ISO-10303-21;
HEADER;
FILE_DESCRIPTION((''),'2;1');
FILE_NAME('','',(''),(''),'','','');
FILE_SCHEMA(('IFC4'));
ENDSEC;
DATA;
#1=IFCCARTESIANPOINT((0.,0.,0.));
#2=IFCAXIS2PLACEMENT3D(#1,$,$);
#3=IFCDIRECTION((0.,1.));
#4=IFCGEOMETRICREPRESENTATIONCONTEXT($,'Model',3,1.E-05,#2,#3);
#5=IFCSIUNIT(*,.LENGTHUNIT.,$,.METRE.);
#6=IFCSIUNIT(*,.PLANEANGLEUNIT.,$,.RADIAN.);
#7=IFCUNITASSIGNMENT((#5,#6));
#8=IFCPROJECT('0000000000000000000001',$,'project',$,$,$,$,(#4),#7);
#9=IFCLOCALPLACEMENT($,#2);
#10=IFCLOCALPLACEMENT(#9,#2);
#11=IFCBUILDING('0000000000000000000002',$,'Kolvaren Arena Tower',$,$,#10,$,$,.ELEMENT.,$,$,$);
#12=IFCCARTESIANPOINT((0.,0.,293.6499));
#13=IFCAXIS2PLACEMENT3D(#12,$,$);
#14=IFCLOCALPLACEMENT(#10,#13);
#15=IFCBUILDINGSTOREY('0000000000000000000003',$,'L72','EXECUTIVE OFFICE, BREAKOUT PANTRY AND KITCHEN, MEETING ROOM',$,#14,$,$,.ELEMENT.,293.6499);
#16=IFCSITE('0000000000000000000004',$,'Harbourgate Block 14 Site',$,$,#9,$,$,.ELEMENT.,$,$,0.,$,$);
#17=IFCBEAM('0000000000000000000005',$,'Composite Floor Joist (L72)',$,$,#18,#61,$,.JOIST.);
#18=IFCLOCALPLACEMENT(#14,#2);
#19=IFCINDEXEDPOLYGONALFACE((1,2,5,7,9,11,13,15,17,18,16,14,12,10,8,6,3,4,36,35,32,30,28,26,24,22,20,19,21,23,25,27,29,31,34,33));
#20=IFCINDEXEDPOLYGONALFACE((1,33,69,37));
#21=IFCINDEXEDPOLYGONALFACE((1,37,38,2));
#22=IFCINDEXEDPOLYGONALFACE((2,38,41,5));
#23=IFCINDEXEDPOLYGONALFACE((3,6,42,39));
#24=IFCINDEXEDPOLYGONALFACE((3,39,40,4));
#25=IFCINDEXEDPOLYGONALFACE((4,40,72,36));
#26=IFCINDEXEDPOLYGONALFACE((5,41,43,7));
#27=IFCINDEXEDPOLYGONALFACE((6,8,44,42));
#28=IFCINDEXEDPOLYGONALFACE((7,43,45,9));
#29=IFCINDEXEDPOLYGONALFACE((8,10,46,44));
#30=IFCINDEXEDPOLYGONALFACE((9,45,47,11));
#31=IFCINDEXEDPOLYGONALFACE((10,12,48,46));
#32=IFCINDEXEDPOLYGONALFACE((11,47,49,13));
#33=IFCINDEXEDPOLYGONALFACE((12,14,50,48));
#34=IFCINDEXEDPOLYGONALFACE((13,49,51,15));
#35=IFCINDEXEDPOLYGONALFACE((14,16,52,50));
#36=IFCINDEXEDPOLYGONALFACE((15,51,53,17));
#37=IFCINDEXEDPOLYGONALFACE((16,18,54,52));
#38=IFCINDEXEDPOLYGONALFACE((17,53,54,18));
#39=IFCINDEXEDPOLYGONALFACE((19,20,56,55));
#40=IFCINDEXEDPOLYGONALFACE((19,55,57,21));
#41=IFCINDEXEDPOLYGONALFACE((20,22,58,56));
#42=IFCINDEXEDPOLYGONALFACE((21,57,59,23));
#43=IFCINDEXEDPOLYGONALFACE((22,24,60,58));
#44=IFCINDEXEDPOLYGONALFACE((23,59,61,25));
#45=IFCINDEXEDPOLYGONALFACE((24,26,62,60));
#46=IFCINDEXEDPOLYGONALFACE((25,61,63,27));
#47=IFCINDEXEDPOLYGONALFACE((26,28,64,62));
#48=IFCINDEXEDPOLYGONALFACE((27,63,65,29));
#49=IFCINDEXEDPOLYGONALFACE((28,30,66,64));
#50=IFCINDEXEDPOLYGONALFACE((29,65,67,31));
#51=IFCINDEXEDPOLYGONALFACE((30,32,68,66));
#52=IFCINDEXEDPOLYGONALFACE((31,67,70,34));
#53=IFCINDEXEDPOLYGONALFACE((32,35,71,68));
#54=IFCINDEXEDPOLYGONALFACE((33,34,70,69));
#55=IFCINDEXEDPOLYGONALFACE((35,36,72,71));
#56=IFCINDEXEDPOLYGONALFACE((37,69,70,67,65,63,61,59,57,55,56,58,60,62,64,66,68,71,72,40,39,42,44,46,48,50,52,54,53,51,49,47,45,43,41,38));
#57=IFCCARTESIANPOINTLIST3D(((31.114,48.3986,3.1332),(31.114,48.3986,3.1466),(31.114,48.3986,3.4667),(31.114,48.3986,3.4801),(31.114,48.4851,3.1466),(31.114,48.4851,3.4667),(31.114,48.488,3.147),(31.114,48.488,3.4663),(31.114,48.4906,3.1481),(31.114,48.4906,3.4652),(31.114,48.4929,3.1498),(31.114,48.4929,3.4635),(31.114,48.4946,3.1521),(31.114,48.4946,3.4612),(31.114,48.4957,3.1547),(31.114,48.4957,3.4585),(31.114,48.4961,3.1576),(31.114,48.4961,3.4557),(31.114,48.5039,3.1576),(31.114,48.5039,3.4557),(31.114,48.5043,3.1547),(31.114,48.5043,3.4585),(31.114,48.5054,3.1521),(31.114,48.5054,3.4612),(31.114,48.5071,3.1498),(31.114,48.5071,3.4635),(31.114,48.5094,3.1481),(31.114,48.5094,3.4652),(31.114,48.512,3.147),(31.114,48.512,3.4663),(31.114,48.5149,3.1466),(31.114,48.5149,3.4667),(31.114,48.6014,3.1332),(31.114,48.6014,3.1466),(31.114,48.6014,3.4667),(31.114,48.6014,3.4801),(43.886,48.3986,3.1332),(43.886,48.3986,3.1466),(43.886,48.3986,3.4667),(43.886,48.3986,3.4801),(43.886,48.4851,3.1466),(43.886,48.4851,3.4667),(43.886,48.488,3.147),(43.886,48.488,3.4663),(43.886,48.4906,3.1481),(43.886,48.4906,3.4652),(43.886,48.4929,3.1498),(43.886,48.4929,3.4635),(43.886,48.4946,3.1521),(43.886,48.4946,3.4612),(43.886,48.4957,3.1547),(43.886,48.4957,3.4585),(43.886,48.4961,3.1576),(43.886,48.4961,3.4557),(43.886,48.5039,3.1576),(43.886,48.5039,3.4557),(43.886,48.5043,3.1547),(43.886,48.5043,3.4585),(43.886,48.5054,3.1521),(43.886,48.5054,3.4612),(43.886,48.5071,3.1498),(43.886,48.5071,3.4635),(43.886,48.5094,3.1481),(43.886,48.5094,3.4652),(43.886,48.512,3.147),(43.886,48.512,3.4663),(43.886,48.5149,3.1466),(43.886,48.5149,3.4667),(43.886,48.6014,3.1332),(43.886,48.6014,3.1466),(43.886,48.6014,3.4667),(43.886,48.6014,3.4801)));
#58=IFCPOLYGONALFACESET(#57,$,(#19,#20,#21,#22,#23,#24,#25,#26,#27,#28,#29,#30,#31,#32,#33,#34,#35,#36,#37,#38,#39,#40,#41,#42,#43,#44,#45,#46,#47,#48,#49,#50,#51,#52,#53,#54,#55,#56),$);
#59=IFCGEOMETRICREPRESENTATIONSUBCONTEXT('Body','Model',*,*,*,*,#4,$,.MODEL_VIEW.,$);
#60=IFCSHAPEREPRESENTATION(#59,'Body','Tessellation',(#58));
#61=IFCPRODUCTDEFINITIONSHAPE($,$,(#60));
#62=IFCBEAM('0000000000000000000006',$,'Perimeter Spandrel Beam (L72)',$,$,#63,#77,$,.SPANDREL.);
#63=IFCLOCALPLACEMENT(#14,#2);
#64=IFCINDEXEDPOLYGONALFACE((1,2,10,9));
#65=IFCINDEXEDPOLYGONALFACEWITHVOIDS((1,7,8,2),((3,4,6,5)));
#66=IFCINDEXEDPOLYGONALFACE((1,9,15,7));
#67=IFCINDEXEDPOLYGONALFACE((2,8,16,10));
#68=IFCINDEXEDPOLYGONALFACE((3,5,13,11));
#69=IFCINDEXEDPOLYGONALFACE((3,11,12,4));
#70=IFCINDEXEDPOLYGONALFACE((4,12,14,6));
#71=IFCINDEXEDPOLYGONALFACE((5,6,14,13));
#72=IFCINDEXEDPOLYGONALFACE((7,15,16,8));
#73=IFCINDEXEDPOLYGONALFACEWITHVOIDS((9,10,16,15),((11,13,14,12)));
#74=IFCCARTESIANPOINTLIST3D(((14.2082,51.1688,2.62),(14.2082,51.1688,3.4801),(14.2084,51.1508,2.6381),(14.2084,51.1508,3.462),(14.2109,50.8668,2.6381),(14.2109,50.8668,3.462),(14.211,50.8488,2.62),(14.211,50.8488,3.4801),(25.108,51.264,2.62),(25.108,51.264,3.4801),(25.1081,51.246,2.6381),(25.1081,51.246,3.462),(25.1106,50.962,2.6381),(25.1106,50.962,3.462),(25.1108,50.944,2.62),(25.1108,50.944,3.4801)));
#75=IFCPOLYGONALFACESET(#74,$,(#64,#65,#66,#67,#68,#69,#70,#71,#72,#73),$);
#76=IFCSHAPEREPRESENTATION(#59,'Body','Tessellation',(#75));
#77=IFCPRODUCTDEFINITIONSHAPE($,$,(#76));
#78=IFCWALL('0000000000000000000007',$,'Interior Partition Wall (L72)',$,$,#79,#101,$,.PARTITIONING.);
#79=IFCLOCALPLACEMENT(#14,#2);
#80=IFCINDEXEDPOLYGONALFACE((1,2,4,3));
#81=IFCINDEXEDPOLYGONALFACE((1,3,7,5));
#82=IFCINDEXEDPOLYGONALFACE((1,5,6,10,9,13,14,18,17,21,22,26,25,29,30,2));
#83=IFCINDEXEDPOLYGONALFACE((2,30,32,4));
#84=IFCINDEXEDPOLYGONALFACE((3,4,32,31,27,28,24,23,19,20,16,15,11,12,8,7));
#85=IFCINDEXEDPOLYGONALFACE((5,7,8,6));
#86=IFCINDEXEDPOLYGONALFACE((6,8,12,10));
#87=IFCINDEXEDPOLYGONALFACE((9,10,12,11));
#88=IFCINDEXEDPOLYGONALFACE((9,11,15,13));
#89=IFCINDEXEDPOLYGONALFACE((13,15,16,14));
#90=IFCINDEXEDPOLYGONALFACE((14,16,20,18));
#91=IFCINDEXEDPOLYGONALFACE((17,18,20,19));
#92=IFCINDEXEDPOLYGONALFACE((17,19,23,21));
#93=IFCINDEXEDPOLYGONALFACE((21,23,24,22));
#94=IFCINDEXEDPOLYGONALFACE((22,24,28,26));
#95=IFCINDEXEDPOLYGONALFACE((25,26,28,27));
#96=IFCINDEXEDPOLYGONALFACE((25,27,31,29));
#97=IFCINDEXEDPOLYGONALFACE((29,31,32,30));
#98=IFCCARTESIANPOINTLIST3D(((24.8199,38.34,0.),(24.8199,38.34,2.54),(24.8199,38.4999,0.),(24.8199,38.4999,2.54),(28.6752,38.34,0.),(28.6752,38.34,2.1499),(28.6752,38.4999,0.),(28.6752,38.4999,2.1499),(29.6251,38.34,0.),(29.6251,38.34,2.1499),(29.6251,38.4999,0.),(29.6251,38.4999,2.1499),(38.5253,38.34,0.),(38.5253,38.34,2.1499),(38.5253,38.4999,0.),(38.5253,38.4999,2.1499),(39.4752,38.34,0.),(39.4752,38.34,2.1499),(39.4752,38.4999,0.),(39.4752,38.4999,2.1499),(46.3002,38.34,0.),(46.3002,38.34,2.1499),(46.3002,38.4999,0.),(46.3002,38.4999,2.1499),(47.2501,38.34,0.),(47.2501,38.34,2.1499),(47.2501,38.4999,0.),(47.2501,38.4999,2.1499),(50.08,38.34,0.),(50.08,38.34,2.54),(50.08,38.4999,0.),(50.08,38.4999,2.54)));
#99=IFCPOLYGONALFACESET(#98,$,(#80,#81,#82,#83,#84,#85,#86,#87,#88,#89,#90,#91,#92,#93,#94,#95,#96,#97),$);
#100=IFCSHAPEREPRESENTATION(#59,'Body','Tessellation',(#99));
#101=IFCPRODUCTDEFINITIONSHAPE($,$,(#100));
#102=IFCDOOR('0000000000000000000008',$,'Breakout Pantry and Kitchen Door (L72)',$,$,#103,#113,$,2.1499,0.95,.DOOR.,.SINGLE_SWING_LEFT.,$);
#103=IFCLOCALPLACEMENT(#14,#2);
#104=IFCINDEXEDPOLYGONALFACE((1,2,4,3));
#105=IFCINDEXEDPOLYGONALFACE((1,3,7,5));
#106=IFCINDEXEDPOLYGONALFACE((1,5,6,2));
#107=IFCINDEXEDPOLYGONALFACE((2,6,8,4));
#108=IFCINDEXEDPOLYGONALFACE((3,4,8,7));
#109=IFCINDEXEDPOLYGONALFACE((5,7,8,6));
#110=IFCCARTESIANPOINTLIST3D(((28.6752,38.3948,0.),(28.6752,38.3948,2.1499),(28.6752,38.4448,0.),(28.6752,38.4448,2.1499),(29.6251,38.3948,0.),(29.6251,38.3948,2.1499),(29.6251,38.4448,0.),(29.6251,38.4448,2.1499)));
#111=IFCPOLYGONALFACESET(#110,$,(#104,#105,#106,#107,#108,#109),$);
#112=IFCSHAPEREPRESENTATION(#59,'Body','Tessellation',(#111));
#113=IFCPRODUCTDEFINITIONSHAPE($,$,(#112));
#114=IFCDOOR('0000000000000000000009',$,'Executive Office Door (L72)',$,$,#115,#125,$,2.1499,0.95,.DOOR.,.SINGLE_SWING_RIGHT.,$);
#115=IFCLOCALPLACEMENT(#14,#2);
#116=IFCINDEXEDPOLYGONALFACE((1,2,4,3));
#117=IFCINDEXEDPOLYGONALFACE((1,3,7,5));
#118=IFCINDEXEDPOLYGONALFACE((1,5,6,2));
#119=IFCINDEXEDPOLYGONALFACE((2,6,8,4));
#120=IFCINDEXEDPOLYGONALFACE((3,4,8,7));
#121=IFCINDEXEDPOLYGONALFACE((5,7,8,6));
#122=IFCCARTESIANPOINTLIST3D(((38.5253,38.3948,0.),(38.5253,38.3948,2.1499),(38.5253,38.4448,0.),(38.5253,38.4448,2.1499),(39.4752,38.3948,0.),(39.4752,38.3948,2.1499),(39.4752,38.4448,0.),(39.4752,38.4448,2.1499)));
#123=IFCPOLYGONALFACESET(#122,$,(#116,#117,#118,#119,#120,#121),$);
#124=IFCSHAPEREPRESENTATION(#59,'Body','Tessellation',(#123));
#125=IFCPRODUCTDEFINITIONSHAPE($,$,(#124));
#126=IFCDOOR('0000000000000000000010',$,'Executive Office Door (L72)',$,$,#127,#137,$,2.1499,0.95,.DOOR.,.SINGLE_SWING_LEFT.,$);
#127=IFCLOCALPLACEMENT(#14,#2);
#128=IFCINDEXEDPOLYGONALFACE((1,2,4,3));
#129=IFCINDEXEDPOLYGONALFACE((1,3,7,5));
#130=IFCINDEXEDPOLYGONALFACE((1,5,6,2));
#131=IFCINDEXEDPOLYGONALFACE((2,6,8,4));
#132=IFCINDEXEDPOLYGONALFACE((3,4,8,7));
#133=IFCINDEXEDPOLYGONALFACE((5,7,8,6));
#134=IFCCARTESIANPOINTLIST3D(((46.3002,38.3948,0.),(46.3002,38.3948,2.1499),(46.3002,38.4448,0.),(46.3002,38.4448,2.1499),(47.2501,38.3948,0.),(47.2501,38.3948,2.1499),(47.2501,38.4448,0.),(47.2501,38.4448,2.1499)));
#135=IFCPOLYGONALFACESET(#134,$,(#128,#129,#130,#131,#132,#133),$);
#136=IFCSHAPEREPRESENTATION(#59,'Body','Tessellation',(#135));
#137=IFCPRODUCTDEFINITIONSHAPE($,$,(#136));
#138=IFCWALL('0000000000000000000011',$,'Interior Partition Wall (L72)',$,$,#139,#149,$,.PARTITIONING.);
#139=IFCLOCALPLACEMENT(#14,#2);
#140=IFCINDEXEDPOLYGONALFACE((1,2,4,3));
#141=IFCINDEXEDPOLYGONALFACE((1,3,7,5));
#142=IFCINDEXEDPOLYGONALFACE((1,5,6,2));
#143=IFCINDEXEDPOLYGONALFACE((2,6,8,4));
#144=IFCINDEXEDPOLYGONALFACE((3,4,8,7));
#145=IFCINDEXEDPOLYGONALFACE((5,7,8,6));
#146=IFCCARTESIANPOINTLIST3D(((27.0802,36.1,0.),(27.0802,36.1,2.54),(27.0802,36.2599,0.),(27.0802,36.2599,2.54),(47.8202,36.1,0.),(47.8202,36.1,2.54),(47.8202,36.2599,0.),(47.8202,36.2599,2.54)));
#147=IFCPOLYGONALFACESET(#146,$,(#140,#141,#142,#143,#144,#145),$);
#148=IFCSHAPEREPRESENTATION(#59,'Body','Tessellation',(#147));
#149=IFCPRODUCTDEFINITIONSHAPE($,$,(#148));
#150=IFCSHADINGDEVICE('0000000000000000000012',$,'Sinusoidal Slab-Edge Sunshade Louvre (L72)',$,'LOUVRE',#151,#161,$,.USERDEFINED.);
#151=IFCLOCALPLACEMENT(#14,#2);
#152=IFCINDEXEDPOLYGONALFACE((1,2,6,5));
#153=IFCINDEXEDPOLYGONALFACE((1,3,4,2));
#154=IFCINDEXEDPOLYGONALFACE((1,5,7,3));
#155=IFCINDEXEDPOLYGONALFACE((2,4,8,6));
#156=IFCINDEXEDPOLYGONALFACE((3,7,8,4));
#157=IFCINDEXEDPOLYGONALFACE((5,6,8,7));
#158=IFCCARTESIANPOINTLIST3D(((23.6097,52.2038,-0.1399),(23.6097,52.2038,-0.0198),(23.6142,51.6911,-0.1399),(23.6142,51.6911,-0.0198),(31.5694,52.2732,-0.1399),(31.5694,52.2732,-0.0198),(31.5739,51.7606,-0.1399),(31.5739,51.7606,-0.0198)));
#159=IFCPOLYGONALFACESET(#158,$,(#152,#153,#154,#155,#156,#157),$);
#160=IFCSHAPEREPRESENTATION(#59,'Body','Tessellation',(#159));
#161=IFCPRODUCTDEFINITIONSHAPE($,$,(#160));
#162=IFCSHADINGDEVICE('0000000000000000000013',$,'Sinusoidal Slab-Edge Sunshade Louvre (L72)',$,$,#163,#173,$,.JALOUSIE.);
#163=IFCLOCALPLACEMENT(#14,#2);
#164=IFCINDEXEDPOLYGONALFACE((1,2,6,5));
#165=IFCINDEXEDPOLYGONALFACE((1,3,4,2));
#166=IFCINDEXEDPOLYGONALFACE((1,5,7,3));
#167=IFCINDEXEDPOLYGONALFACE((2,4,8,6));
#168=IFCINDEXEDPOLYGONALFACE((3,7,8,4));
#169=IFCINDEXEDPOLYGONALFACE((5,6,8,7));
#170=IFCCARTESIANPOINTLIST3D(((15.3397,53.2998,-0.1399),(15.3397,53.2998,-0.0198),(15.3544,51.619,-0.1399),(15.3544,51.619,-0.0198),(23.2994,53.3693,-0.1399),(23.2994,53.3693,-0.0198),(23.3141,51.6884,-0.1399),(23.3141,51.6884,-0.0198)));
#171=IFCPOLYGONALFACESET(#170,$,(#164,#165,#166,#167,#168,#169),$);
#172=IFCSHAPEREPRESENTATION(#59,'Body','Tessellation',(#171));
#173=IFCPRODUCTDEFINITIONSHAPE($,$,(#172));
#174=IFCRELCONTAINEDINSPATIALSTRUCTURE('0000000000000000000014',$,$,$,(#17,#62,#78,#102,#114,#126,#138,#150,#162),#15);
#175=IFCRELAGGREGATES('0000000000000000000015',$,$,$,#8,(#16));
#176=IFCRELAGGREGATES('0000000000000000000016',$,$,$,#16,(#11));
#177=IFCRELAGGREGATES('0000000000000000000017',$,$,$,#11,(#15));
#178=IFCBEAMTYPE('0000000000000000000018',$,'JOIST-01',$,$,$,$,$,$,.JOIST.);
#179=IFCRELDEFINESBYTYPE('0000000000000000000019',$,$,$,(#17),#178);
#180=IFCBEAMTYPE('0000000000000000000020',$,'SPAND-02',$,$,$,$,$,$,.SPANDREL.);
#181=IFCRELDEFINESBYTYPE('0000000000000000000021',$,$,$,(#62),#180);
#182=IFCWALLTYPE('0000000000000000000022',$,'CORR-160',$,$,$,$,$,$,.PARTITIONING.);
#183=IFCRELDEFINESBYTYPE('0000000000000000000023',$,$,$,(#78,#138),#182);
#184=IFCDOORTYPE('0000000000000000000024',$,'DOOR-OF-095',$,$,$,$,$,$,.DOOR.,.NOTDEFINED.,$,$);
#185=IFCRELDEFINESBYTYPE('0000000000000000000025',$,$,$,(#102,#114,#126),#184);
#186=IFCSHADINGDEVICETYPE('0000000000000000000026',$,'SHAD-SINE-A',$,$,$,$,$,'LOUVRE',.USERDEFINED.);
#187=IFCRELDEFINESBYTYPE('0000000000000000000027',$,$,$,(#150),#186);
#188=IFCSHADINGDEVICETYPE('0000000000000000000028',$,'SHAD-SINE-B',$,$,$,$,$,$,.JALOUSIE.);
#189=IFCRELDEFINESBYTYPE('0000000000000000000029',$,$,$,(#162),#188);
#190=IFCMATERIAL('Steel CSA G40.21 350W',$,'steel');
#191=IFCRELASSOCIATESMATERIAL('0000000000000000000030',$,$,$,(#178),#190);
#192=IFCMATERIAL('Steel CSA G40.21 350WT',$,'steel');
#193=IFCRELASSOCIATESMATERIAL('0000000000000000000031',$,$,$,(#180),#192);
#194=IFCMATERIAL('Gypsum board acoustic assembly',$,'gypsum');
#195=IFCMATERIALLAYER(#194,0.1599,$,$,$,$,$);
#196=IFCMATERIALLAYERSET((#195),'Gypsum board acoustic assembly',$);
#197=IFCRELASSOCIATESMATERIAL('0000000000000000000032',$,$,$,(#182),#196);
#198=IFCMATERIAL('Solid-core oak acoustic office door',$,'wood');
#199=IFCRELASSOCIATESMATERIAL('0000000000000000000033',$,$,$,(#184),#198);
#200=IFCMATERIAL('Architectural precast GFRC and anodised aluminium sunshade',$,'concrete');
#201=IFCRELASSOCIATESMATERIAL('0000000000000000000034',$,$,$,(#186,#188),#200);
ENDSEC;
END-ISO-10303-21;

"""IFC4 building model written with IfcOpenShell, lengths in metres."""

from ifc_helpers import new_model, si_unit, direction, frame, frame_2d, origin, origin_2d, place, context, subcontext, project, spatial, rectangle, hollow_rectangle, i_section, extrude, material, layer, layer_set, material_profile, profile_set, type_object, element, fill, save


model = new_model("IFC4")

# Units and contexts
model_context = context("Model", 3, precision=1e-05, world=origin(), true_north=direction((0.0, 1.0)))
body_context = subcontext(model_context, "Body", "Model", "MODEL_VIEW")
ifc_project = project(units=[si_unit("LENGTHUNIT", "METRE"), si_unit("PLANEANGLEUNIT", "RADIAN")], contexts=[model_context])

# Site, building, storey
site_placement = place(None, origin())
site = spatial("IfcSite", under=ifc_project, at=site_placement, Name="Harbourgate Block 14 Site", CompositionType="ELEMENT", RefElevation=0.0)
building_placement = place(site_placement, origin())
building = spatial("IfcBuilding", under=site, at=building_placement, Name="Kolvaren Arena Tower", CompositionType="ELEMENT")
storey_placement = place(building_placement, frame((0.0, 0.0, 293.6499)))
storey = spatial("IfcBuildingStorey", under=building, at=storey_placement, Name="L72", Description="EXECUTIVE OFFICE, BREAKOUT PANTRY AND KITCHEN, MEETING ROOM", CompositionType="ELEMENT", Elevation=293.6499)

# Beams
ifc_material_1 = material(Name="Steel CSA G40.21 350W", Category="steel")
ifc_material_profile_1 = material_profile(ifc_material_1, i_section(OverallWidth=0.2029, OverallDepth=0.3469, WebThickness=0.0078, FlangeThickness=0.0134, FilletRadius=0.011, at=origin_2d()), Name="W360x64")
ifc_profile_set_1 = profile_set([ifc_material_profile_1], Name="Steel CSA G40.21 350W")
beam_type_1 = type_object("IfcBeamType", Name="JOIST-01", PredefinedType="JOIST", material=ifc_profile_set_1)
beam_1_placement = place(storey_placement, frame((31.114, 48.5, 3.3066), z_axis=(1.0, 0.0, 0.0), x_axis=(0.0, 1.0, 0.0)))
element("IfcBeam", 1, at=beam_1_placement, inside=storey, type_object=beam_type_1, Name="Composite Floor Joist (L72)", PredefinedType="JOIST", context=body_context, shape_type="SweptSolid", body=[
    extrude(i_section(OverallWidth=0.2029, OverallDepth=0.3469, WebThickness=0.0078, FlangeThickness=0.0134, FilletRadius=0.011, at=origin_2d()), origin(), (0.0, 0.0, 1.0), 12.772),
])
ifc_material_2 = material(Name="Steel CSA G40.21 350WT", Category="steel")
ifc_material_profile_2 = material_profile(ifc_material_2, hollow_rectangle(XDim=0.3201, YDim=0.8601, WallThickness=0.0181, at=origin_2d()), Name="HSS 860x320x18")
ifc_profile_set_2 = profile_set([ifc_material_profile_2], Name="Steel CSA G40.21 350WT")
beam_type_2 = type_object("IfcBeamType", Name="SPAND-02", PredefinedType="SPANDREL", material=ifc_profile_set_2)
beam_2_placement = place(storey_placement, frame((25.1094, 51.104, 3.05), z_axis=(-0.999962, -0.008735, 0.0), x_axis=(0.008735, -0.999962, 0.0)))
element("IfcBeam", 2, at=beam_2_placement, inside=storey, type_object=beam_type_2, Name="Perimeter Spandrel Beam (L72)", PredefinedType="SPANDREL", context=body_context, shape_type="SweptSolid", body=[
    extrude(hollow_rectangle(XDim=0.3201, YDim=0.8601, WallThickness=0.0181, at=origin_2d()), origin(), (0.0, 0.0, 1.0), 10.9001),
])

# Wall, openings, doors
ifc_material_3 = material(Name="Gypsum board acoustic assembly", Category="gypsum")
ifc_layer = layer(ifc_material_3, 0.1599)
ifc_layer_set = layer_set([ifc_layer], Name="Gypsum board acoustic assembly")
wall_type = type_object("IfcWallType", Name="CORR-160", PredefinedType="PARTITIONING", material=ifc_layer_set)
wall_1_placement = place(storey_placement, frame((24.8201, 38.4199, 0.0), z_axis=(0.0, 0.0, 1.0), x_axis=(1.0, 0.0, 0.0)))
wall_1 = element("IfcWall", 3, at=wall_1_placement, inside=storey, type_object=wall_type, Name="Interior Partition Wall (L72)", PredefinedType="PARTITIONING", context=body_context, shape_type="SweptSolid", body=[
    extrude(rectangle(XDim=25.26, YDim=0.1599, at=frame_2d((12.6299, 0.0))), origin(), (0.0, 0.0, 1.0), 2.54),
])
opening_1_placement = place(wall_1_placement, frame((3.855, 0.0, 0.0)))
opening_1 = element("IfcOpeningElement", 4, at=opening_1_placement, cuts=wall_1, PredefinedType="OPENING", context=body_context, shape_type="SweptSolid", body=[
    extrude(rectangle(XDim=0.95, YDim=2.1499, at=frame_2d((0.4751, 1.075))), frame((0.0, 0.0898, 0.0), z_axis=(0.0, -1.0, 0.0), x_axis=(1.0, 0.0, 0.0)), (0.0, 0.0, 1.0), 0.1799),
])
opening_2_placement = place(wall_1_placement, frame((13.7051, 0.0, 0.0)))
opening_2 = element("IfcOpeningElement", 5, at=opening_2_placement, cuts=wall_1, PredefinedType="OPENING", context=body_context, shape_type="SweptSolid", body=[
    extrude(rectangle(XDim=0.95, YDim=2.1499, at=frame_2d((0.4751, 1.075))), frame((0.0, 0.0898, 0.0), z_axis=(0.0, -1.0, 0.0), x_axis=(1.0, 0.0, 0.0)), (0.0, 0.0, 1.0), 0.1799),
])
opening_3_placement = place(wall_1_placement, frame((21.48, 0.0, 0.0)))
opening_3 = element("IfcOpeningElement", 6, at=opening_3_placement, cuts=wall_1, PredefinedType="OPENING", context=body_context, shape_type="SweptSolid", body=[
    extrude(rectangle(XDim=0.95, YDim=2.1499, at=frame_2d((0.4751, 1.075))), frame((0.0, 0.0898, 0.0), z_axis=(0.0, -1.0, 0.0), x_axis=(1.0, 0.0, 0.0)), (0.0, 0.0, 1.0), 0.1799),
])
ifc_material_4 = material(Name="Solid-core oak acoustic office door", Category="wood")
door_type = type_object("IfcDoorType", Name="DOOR-OF-095", OperationType="NOTDEFINED", PredefinedType="DOOR", material=ifc_material_4)
door_1_placement = place(opening_1_placement, origin())
door_1 = element("IfcDoor", 7, at=door_1_placement, inside=storey, type_object=door_type, Name="Breakout Pantry and Kitchen Door (L72)", OperationType="SINGLE_SWING_LEFT", OverallHeight=2.1499, OverallWidth=0.95, PredefinedType="DOOR", context=body_context, shape_type="SweptSolid", body=[
    extrude(rectangle(XDim=0.95, YDim=2.1499, at=frame_2d((0.4751, 1.075))), frame((0.0, 0.0249, 0.0), z_axis=(0.0, -1.0, 0.0), x_axis=(1.0, 0.0, 0.0)), (0.0, 0.0, 1.0), 0.05),
])
fill(opening_1, door_1)
door_2_placement = place(opening_2_placement, origin())
door_2 = element("IfcDoor", 8, at=door_2_placement, inside=storey, type_object=door_type, Name="Executive Office Door (L72)", OperationType="SINGLE_SWING_RIGHT", OverallHeight=2.1499, OverallWidth=0.95, PredefinedType="DOOR", context=body_context, shape_type="SweptSolid", body=[
    extrude(rectangle(XDim=0.95, YDim=2.1499, at=frame_2d((0.4751, 1.075))), frame((0.0, 0.0249, 0.0), z_axis=(0.0, -1.0, 0.0), x_axis=(1.0, 0.0, 0.0)), (0.0, 0.0, 1.0), 0.05),
])
fill(opening_2, door_2)
door_3_placement = place(opening_3_placement, origin())
door_3 = element("IfcDoor", 9, at=door_3_placement, inside=storey, type_object=door_type, Name="Executive Office Door (L72)", OperationType="SINGLE_SWING_LEFT", OverallHeight=2.1499, OverallWidth=0.95, PredefinedType="DOOR", context=body_context, shape_type="SweptSolid", body=[
    extrude(rectangle(XDim=0.95, YDim=2.1499, at=frame_2d((0.4751, 1.075))), frame((0.0, 0.0249, 0.0), z_axis=(0.0, -1.0, 0.0), x_axis=(1.0, 0.0, 0.0)), (0.0, 0.0, 1.0), 0.05),
])
fill(opening_3, door_3)

# Wall
wall_2_placement = place(storey_placement, frame((27.0801, 36.1799, 0.0), z_axis=(0.0, 0.0, 1.0), x_axis=(1.0, 0.0, 0.0)))
element("IfcWall", 10, at=wall_2_placement, inside=storey, type_object=wall_type, Name="Interior Partition Wall (L72)", PredefinedType="PARTITIONING", context=body_context, shape_type="SweptSolid", body=[
    extrude(rectangle(XDim=20.74, YDim=0.1599, at=frame_2d((10.3701, 0.0))), origin(), (0.0, 0.0, 1.0), 2.54),
])

# Shading devices
ifc_material_5 = material(Name="Architectural precast GFRC and anodised aluminium sunshade", Category="concrete")
shading_device_type_1 = type_object("IfcShadingDeviceType", Name="SHAD-SINE-A", ElementType="LOUVRE", PredefinedType="USERDEFINED", material=ifc_material_5)
shading_device_1_placement = place(storey_placement, frame((27.5918, 51.9822, -0.1399), z_axis=(0.0, 0.0, 1.0), x_axis=(0.999962, 0.008727, 0.0)))
element("IfcShadingDevice", 11, at=shading_device_1_placement, inside=storey, type_object=shading_device_type_1, Name="Sinusoidal Slab-Edge Sunshade Louvre (L72)", ObjectType="LOUVRE", PredefinedType="USERDEFINED", context=body_context, shape_type="SweptSolid", body=[
    extrude(rectangle(XDim=7.96, YDim=0.5127, at=origin_2d()), origin(), (0.0, 0.0, 1.0), 0.1201),
])
shading_device_type_2 = type_object("IfcShadingDeviceType", Name="SHAD-SINE-B", PredefinedType="JALOUSIE", material=ifc_material_5)
shading_device_2_placement = place(storey_placement, frame((19.3269, 52.4941, -0.1399), z_axis=(0.0, 0.0, 1.0), x_axis=(0.999962, 0.008727, 0.0)))
element("IfcShadingDevice", 12, at=shading_device_2_placement, inside=storey, type_object=shading_device_type_2, Name="Sinusoidal Slab-Edge Sunshade Louvre (L72)", PredefinedType="JALOUSIE", context=body_context, shape_type="SweptSolid", body=[
    extrude(rectangle(XDim=7.96, YDim=1.6809, at=origin_2d()), origin(), (0.0, 0.0, 1.0), 0.1201),
])

save(model, "model.ifc")
